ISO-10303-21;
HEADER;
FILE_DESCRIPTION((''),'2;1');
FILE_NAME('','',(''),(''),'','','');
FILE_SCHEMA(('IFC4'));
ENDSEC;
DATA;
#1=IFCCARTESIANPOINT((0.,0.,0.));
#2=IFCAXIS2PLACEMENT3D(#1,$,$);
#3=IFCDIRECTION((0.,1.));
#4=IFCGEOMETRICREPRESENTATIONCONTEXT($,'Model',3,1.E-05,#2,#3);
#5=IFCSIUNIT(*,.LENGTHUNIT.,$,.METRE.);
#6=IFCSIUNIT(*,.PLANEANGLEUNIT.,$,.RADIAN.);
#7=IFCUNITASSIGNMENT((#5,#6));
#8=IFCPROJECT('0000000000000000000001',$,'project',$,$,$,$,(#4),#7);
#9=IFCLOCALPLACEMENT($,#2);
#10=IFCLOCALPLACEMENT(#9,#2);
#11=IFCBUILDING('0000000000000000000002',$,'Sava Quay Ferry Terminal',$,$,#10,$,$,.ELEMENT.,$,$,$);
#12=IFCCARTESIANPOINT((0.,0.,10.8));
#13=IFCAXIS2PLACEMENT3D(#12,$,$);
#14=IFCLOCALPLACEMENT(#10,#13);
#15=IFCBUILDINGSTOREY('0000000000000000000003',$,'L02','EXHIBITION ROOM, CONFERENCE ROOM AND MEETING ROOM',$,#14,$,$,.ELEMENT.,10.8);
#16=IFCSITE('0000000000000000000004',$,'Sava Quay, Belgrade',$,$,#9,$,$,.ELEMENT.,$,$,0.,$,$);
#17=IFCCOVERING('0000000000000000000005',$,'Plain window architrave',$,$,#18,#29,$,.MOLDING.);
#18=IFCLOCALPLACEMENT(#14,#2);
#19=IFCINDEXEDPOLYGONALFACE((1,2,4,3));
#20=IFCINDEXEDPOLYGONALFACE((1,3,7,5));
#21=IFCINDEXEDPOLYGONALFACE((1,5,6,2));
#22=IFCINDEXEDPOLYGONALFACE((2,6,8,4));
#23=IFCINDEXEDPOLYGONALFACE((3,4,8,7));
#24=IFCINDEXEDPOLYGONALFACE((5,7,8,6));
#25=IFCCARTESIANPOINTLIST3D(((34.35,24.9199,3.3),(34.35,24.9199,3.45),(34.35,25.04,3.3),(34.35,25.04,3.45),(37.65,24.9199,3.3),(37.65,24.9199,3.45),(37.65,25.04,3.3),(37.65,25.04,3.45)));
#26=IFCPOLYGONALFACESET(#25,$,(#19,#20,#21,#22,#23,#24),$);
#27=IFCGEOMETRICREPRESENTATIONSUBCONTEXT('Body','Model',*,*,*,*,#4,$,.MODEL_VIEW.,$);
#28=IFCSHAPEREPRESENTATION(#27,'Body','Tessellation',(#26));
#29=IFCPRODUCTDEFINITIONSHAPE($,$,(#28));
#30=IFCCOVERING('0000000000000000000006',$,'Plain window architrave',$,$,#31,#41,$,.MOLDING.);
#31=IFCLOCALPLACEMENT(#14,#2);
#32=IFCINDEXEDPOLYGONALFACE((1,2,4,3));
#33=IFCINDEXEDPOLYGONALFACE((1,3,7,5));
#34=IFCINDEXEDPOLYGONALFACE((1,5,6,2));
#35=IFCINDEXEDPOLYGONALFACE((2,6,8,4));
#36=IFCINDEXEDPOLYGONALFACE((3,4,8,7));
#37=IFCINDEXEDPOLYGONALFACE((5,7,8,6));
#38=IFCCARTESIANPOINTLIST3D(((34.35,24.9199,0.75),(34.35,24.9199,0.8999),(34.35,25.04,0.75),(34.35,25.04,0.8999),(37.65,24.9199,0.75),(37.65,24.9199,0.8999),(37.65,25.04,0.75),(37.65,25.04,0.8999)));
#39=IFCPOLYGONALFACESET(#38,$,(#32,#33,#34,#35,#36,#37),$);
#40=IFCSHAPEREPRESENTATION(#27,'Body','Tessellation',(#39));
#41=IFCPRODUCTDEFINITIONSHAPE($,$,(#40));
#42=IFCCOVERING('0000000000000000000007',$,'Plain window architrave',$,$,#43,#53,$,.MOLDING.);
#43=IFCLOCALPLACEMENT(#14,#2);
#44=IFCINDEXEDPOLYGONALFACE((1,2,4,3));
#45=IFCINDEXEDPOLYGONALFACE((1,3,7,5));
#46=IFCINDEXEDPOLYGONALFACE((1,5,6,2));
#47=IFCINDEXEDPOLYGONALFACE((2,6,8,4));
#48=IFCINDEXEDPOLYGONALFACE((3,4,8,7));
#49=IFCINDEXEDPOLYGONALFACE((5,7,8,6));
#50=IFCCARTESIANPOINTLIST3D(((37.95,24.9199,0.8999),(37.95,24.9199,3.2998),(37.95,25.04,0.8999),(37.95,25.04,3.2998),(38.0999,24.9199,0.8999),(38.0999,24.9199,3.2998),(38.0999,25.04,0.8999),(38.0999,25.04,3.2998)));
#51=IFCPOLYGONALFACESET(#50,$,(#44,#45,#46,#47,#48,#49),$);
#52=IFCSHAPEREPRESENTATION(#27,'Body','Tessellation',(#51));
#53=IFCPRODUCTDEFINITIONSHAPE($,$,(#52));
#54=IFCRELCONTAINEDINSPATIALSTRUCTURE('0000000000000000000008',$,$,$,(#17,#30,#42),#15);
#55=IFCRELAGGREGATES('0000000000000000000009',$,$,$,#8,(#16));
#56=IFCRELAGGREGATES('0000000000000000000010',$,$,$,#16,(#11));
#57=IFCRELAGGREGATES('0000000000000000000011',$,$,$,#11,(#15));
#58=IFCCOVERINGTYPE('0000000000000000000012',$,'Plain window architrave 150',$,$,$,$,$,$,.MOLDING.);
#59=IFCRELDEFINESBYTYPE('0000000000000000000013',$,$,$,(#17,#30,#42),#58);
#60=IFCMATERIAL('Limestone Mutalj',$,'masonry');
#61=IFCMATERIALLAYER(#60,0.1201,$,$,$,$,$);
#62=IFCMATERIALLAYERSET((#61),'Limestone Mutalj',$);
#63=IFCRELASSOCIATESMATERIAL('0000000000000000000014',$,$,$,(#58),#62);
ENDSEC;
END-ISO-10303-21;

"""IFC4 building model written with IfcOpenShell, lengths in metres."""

from ifc_helpers import new_model, si_unit, direction, frame, origin, origin_2d, place, context, subcontext, project, spatial, rectangle, extrude, material, layer, layer_set, type_object, element, save


model = new_model("IFC4")

# Units and contexts
model_context = context("Model", 3, precision=1e-05, world=origin(), true_north=direction((0.0, 1.0)))
body_context = subcontext(model_context, "Body", "Model", "MODEL_VIEW")
ifc_project = project(units=[si_unit("LENGTHUNIT", "METRE"), si_unit("PLANEANGLEUNIT", "RADIAN")], contexts=[model_context])

# Site, building, storey
site_placement = place(None, origin())
site = spatial("IfcSite", under=ifc_project, at=site_placement, Name="Sava Quay, Belgrade", CompositionType="ELEMENT", RefElevation=0.0)
building_placement = place(site_placement, origin())
building = spatial("IfcBuilding", under=site, at=building_placement, Name="Sava Quay Ferry Terminal", CompositionType="ELEMENT")
storey_placement = place(building_placement, frame((0.0, 0.0, 10.8)))
storey = spatial("IfcBuildingStorey", under=building, at=storey_placement, Name="L02", Description="EXHIBITION ROOM, CONFERENCE ROOM AND MEETING ROOM", CompositionType="ELEMENT", Elevation=10.8)

# Coverings
ifc_material_1 = material(Name="Limestone Mutalj", Category="masonry")
ifc_layer_1 = layer(ifc_material_1, 0.1201)
ifc_layer_set_1 = layer_set([ifc_layer_1], Name="Limestone Mutalj")
covering_type = type_object("IfcCoveringType", Name="Plain window architrave 150", PredefinedType="MOLDING", material=ifc_layer_set_1)
for number, where, z_axis, x_axis, name in (
    (1, (36.0, 24.98, 3.3), (0.0, 0.0, 1.0), (1.0, 0.0, 0.0), "Plain window architrave"),
    (2, (36.0, 24.98, 0.75), (0.0, 0.0, 1.0), (1.0, 0.0, 0.0), "Plain window architrave"),
):
    element("IfcCovering", number, at=place(storey_placement, frame(where, z_axis=z_axis, x_axis=x_axis)), inside=storey, type_object=covering_type, Name=name, PredefinedType="MOLDING", context=body_context, shape_type="SweptSolid", body=[
        extrude(rectangle(XDim=3.3, YDim=0.1201, at=origin_2d()), origin(), (0.0, 0.0, 1.0), 0.1499),
    ])
covering_1_placement = place(storey_placement, frame((38.0249, 24.98, 0.8999), z_axis=(0.0, 0.0, 1.0), x_axis=(1.0, 0.0, 0.0)))
element("IfcCovering", 3, at=covering_1_placement, inside=storey, type_object=covering_type, Name="Plain window architrave", PredefinedType="MOLDING", context=body_context, shape_type="SweptSolid", body=[
    extrude(rectangle(XDim=0.1499, YDim=0.1201, at=origin_2d()), origin(), (0.0, 0.0, 1.0), 2.3999),
])

save(model, "model.ifc")
